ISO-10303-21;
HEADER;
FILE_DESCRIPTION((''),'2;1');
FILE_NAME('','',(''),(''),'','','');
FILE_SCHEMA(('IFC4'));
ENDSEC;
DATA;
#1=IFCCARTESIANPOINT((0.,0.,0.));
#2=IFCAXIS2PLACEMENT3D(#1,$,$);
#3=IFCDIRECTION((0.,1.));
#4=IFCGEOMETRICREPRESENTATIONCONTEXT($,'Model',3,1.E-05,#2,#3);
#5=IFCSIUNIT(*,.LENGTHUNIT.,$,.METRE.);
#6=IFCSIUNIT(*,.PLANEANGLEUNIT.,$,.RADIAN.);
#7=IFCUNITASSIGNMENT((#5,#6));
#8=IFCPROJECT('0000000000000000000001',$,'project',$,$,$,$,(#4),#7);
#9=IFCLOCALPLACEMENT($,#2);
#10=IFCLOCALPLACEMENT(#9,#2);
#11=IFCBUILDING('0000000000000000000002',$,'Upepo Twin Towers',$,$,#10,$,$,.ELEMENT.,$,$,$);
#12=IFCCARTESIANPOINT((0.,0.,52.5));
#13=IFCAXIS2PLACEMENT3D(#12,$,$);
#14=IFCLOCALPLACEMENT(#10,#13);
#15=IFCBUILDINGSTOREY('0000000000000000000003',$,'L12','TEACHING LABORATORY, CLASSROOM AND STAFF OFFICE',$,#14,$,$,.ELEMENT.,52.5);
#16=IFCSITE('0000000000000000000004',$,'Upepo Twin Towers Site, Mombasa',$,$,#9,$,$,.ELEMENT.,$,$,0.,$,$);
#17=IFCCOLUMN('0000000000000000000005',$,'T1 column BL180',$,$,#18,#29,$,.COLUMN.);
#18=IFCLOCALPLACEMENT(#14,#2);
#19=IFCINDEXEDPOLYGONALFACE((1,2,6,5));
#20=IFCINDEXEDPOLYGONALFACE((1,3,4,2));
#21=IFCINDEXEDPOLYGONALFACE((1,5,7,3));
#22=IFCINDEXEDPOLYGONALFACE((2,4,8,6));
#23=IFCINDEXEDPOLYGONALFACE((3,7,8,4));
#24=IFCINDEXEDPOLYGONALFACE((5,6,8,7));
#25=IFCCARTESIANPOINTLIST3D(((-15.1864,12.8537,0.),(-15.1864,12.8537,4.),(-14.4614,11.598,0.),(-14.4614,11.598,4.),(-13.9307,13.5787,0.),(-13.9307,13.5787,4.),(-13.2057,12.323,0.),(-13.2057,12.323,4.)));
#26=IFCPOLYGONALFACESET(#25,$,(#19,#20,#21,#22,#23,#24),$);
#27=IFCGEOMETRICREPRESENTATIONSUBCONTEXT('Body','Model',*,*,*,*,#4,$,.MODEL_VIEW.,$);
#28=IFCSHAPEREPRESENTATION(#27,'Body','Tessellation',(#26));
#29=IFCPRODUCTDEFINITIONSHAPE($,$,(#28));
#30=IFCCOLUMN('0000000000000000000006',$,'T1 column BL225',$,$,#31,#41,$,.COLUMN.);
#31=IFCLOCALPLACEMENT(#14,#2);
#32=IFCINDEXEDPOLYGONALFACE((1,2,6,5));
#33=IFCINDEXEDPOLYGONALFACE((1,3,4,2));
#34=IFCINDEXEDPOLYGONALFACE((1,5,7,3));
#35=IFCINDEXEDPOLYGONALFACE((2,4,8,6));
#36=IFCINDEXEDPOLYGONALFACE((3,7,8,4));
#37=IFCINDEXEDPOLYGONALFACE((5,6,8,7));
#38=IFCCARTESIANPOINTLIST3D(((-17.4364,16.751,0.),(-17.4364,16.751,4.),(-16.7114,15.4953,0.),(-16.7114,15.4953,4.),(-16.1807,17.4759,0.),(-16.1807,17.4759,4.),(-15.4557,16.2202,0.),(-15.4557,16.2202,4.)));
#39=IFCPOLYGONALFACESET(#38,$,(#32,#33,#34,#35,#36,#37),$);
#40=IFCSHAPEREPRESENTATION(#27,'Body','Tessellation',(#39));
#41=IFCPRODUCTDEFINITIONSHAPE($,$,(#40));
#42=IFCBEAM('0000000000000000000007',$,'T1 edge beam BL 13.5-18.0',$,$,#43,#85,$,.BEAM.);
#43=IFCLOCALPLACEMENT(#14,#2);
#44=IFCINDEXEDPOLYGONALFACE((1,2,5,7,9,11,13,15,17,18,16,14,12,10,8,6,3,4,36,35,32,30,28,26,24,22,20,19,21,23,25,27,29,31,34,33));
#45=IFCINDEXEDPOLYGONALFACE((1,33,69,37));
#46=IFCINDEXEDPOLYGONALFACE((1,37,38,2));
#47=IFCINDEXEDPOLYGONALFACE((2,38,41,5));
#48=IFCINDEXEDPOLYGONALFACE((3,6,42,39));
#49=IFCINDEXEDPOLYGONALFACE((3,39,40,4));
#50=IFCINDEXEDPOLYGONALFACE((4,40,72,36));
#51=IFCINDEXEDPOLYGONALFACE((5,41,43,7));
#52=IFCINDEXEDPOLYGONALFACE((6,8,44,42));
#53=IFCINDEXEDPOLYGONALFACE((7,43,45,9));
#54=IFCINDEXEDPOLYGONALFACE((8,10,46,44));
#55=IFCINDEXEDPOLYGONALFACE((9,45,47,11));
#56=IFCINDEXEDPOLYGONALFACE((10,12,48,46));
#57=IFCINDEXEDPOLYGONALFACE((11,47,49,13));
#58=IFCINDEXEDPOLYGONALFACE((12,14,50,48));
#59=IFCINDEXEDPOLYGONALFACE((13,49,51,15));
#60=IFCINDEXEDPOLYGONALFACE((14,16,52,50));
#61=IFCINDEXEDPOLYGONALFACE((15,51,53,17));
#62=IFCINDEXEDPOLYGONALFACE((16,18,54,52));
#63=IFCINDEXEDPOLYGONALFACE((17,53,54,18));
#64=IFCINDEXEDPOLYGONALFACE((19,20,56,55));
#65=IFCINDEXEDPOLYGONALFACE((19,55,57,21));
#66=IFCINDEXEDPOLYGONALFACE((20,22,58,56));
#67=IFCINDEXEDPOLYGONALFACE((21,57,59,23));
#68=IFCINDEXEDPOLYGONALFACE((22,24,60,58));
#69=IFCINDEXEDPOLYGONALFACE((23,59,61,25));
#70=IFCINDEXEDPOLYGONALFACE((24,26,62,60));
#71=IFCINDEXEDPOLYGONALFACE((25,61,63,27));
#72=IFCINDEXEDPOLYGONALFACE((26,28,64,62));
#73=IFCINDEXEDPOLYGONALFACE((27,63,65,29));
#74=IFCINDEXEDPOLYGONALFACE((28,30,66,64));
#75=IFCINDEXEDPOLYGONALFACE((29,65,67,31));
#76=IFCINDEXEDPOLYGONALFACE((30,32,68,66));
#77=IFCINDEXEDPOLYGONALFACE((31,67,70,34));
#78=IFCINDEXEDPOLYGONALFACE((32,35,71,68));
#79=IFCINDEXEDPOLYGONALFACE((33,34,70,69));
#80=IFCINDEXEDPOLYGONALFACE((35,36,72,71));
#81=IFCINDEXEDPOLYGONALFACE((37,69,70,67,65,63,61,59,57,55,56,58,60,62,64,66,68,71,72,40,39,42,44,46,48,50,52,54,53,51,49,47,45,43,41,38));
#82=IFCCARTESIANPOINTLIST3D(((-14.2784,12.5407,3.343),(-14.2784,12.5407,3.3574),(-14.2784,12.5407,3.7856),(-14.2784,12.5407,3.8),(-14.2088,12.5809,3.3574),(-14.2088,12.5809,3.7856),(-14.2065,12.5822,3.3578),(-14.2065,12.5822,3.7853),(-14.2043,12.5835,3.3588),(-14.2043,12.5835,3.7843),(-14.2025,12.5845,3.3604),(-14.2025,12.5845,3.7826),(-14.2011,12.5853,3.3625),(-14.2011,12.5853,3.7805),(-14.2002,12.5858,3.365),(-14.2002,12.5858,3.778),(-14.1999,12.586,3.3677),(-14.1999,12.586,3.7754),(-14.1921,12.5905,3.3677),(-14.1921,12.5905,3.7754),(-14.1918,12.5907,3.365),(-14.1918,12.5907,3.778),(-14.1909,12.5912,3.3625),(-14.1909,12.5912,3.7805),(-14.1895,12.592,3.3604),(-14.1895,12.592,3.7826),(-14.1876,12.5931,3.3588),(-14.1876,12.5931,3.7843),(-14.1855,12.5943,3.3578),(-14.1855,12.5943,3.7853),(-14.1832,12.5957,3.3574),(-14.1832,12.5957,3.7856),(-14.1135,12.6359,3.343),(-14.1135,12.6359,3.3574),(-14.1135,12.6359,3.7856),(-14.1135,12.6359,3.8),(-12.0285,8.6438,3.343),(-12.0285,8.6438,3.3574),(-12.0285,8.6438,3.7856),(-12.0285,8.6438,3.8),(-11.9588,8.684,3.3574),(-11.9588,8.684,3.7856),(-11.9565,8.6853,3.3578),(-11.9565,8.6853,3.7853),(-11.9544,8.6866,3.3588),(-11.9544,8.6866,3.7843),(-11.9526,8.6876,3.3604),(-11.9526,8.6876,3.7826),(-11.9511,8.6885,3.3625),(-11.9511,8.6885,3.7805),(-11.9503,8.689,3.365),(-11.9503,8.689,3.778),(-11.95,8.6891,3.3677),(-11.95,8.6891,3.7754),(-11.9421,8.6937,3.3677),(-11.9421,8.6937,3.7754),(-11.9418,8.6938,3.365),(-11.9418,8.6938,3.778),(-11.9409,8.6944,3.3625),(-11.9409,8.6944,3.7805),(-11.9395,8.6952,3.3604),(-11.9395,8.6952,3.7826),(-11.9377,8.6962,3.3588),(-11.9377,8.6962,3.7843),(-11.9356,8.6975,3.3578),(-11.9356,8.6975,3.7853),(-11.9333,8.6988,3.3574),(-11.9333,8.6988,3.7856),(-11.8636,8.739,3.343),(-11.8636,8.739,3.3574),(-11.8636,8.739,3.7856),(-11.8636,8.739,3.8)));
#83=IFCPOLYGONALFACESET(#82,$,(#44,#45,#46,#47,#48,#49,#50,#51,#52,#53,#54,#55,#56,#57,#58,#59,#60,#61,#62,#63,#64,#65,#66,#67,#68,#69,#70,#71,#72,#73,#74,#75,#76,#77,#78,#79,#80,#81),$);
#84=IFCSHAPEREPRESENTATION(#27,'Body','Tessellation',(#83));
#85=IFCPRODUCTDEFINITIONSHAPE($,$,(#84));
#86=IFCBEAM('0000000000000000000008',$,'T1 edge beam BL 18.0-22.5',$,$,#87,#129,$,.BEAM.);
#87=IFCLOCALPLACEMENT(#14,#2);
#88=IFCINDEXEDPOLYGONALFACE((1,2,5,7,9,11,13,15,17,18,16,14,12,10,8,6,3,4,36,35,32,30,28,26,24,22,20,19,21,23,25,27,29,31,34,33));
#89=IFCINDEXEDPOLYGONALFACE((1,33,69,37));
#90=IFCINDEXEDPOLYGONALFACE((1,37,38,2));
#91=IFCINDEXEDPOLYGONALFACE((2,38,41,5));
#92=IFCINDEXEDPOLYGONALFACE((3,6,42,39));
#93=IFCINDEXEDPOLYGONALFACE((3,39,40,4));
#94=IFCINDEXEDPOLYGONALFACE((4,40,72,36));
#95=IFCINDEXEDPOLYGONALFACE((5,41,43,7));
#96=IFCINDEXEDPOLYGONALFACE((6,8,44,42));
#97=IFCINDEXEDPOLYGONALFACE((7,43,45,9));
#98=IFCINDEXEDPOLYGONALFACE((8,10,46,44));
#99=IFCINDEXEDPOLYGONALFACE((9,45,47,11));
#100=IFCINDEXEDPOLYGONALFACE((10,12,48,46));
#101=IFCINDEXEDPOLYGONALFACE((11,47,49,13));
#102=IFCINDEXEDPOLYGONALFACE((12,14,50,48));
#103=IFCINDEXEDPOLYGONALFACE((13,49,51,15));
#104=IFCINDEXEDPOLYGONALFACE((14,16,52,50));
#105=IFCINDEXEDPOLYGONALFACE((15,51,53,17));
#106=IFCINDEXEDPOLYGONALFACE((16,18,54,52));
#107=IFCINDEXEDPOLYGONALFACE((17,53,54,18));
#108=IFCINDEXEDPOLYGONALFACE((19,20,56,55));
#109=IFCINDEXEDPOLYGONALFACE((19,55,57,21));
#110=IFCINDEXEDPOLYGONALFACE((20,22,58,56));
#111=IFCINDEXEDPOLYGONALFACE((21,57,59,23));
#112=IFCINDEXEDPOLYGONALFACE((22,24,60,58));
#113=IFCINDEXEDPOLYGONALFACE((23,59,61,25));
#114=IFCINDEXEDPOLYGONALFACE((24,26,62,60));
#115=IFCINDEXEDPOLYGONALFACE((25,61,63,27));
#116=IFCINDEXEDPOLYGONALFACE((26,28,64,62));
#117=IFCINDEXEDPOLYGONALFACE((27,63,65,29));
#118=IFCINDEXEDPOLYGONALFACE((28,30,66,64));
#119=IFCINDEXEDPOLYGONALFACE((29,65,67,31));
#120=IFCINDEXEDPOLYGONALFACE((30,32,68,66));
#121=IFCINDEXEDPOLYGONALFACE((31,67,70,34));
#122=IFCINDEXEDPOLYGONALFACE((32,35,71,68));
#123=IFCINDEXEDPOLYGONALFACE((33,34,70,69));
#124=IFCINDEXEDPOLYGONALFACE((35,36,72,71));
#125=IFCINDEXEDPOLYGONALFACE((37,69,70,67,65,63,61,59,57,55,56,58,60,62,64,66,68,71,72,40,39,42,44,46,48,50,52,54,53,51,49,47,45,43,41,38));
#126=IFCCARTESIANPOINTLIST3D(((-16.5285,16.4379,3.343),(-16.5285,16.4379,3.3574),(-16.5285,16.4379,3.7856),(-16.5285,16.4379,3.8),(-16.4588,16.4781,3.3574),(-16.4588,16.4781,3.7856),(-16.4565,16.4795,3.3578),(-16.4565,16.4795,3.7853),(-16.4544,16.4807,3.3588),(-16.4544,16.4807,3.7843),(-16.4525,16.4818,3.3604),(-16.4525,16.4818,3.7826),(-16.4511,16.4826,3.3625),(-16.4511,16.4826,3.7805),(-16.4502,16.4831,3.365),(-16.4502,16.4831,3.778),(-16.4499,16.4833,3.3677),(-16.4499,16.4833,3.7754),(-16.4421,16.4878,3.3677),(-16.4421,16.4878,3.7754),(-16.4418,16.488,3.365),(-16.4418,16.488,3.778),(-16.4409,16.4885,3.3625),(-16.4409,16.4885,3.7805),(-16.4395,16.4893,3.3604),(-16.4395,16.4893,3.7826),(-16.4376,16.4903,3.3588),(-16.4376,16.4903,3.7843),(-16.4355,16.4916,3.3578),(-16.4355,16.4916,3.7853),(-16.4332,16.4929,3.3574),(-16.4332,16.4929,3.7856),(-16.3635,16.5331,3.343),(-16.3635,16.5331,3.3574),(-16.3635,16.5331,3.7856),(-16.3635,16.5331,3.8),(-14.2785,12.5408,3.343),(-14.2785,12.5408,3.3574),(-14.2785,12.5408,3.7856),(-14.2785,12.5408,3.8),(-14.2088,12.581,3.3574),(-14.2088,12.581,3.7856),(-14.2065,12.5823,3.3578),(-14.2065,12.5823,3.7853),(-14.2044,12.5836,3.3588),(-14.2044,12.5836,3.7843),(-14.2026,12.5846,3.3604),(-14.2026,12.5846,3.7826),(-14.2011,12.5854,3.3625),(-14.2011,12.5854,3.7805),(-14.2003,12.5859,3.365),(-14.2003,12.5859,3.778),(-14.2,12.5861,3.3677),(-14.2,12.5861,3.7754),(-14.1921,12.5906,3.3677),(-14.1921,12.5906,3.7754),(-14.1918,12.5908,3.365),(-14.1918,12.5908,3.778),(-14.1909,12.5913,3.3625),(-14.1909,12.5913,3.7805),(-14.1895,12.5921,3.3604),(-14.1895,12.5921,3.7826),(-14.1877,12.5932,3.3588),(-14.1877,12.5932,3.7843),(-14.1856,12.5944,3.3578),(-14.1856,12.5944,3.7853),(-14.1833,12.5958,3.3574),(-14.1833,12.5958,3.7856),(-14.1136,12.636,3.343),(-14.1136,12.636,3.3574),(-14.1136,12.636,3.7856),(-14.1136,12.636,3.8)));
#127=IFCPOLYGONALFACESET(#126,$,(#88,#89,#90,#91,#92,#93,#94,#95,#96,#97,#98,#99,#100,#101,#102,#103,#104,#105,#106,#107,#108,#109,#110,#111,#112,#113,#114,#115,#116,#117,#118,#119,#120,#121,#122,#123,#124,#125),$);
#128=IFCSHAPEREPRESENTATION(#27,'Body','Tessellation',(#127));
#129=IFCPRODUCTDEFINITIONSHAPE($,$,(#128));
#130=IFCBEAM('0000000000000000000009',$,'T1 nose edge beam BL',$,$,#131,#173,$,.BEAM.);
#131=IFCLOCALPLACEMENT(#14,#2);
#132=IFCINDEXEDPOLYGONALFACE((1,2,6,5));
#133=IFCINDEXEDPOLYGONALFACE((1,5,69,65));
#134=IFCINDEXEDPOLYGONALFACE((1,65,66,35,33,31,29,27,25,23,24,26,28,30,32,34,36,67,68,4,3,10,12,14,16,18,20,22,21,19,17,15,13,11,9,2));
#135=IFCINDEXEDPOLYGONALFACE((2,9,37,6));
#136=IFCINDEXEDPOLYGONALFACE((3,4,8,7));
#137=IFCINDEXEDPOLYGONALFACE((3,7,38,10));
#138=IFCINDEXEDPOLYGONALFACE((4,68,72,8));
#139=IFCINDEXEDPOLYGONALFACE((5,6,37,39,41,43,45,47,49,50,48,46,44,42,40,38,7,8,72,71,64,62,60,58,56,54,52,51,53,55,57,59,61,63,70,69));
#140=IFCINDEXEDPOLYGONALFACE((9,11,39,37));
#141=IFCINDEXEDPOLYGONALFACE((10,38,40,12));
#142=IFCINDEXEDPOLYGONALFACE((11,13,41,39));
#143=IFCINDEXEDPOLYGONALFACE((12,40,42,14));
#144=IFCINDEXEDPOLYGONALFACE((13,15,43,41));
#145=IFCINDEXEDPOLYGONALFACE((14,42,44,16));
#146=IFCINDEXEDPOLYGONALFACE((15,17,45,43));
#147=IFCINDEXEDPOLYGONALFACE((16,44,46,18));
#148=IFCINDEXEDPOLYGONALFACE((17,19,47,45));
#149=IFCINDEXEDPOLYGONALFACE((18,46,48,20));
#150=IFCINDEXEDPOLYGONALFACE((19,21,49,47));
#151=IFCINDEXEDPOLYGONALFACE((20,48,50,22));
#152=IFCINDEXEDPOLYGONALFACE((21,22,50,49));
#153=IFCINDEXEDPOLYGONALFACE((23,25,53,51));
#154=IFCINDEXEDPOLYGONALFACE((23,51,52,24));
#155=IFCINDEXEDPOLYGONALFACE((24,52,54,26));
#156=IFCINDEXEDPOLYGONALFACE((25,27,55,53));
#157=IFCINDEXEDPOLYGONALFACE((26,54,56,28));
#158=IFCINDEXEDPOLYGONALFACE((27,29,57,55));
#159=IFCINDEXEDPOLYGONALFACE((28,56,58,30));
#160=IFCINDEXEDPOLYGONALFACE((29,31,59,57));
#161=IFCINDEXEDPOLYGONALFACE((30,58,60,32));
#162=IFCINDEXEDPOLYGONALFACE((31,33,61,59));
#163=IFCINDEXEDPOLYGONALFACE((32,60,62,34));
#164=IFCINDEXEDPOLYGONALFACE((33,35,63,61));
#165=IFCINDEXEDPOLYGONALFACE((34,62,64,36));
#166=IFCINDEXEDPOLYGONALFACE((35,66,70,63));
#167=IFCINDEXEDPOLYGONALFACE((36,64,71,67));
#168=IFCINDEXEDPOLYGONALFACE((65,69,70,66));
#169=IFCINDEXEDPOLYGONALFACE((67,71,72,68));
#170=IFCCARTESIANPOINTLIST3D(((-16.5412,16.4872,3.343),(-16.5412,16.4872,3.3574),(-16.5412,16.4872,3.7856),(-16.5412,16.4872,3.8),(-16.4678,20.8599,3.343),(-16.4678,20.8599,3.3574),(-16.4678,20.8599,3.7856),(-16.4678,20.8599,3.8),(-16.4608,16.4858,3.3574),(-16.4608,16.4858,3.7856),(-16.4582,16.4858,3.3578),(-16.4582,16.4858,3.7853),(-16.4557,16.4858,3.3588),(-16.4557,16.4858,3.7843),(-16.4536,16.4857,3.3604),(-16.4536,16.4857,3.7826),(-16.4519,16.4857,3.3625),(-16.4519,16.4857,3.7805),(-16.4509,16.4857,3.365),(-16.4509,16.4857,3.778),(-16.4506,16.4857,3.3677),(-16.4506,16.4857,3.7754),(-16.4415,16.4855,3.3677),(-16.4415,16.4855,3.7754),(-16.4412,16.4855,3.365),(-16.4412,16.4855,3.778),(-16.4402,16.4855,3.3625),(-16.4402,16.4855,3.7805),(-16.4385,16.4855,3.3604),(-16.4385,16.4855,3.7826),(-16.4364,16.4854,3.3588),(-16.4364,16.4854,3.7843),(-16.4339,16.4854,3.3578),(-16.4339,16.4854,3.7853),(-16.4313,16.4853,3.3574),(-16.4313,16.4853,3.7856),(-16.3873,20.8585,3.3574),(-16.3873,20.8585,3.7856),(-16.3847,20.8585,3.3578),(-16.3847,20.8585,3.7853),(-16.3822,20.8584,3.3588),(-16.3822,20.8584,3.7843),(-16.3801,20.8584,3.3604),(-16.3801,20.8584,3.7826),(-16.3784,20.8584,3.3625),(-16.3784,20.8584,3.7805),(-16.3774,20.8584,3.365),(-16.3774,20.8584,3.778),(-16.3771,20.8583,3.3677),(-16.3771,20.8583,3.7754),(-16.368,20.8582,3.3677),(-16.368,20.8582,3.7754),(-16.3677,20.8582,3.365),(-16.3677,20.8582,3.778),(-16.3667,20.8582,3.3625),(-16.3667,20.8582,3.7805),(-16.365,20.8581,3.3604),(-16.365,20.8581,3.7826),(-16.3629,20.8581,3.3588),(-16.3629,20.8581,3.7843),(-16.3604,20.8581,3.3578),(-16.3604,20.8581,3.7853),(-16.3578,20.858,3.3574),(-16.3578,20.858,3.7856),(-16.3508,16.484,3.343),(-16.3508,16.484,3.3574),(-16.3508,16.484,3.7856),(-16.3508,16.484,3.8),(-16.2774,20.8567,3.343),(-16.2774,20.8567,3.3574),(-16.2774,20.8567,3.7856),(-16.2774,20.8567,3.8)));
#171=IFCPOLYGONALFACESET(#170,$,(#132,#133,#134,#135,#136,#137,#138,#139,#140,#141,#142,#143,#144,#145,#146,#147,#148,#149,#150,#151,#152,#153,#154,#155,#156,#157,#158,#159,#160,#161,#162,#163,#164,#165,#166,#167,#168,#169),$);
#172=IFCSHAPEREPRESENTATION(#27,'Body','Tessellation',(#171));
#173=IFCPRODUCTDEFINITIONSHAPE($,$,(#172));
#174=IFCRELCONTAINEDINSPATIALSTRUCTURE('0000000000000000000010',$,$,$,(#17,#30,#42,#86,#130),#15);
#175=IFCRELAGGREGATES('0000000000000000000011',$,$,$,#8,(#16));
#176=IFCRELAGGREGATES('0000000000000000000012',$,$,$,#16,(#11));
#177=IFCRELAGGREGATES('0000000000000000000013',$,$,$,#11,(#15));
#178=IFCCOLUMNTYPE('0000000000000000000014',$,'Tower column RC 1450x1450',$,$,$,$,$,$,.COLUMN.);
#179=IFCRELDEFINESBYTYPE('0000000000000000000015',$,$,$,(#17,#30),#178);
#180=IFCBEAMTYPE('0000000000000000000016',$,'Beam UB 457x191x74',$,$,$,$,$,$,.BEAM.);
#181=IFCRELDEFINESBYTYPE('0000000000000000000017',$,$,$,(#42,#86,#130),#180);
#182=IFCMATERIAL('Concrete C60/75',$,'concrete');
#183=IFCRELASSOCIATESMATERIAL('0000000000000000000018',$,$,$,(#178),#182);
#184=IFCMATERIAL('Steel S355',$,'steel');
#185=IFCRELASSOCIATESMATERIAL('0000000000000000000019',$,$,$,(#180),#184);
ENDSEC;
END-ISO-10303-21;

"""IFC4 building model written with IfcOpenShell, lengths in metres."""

from ifc_helpers import new_model, si_unit, direction, frame, origin, origin_2d, place, context, subcontext, project, spatial, rectangle, i_section, extrude, material, material_profile, profile_set, type_object, element, save


model = new_model("IFC4")

# Units and contexts
model_context = context("Model", 3, precision=1e-05, world=origin(), true_north=direction((0.0, 1.0)))
body_context = subcontext(model_context, "Body", "Model", "MODEL_VIEW")
ifc_project = project(units=[si_unit("LENGTHUNIT", "METRE"), si_unit("PLANEANGLEUNIT", "RADIAN")], contexts=[model_context])

# Site, building, storey
site_placement = place(None, origin())
site = spatial("IfcSite", under=ifc_project, at=site_placement, Name="Upepo Twin Towers Site, Mombasa", CompositionType="ELEMENT", RefElevation=0.0)
building_placement = place(site_placement, origin())
building = spatial("IfcBuilding", under=site, at=building_placement, Name="Upepo Twin Towers", CompositionType="ELEMENT")
storey_placement = place(building_placement, frame((0.0, 0.0, 52.5)))
storey = spatial("IfcBuildingStorey", under=building, at=storey_placement, Name="L12", Description="TEACHING LABORATORY, CLASSROOM AND STAFF OFFICE", CompositionType="ELEMENT", Elevation=52.5)

# Columns
ifc_material_1 = material(Name="Concrete C60/75", Category="concrete")
ifc_material_profile_1 = material_profile(ifc_material_1, rectangle(XDim=1.45, YDim=1.45, at=origin_2d()), Name="RC 1450x1450")
ifc_profile_set_1 = profile_set([ifc_material_profile_1], Name="Concrete C60/75")
column_type = type_object("IfcColumnType", Name="Tower column RC 1450x1450", PredefinedType="COLUMN", material=ifc_profile_set_1)
for number, where, z_axis, x_axis, name in (
    (1, (-14.196, 12.5884, 0.0), (0.0, 0.0, 1.0), (0.866025, 0.5, 0.0), "T1 column BL180"),
    (2, (-16.446, 16.4856, 0.0), (0.0, 0.0, 1.0), (0.866025, 0.5, 0.0), "T1 column BL225"),
):
    element("IfcColumn", number, at=place(storey_placement, frame(where, z_axis=z_axis, x_axis=x_axis)), inside=storey, type_object=column_type, Name=name, PredefinedType="COLUMN", context=body_context, shape_type="SweptSolid", body=[
        extrude(rectangle(XDim=1.45, YDim=1.45, at=origin_2d()), origin(), (0.0, 0.0, 1.0), 4.0),
    ])

# Beams
ifc_material_2 = material(Name="Steel S355", Category="steel")
ifc_material_profile_2 = material_profile(ifc_material_2, i_section(OverallWidth=0.1904, OverallDepth=0.457, WebThickness=0.009, FlangeThickness=0.0144, FilletRadius=0.0103, at=origin_2d()), Name="UB 457x191x74")
ifc_profile_set_2 = profile_set([ifc_material_profile_2], Name="Steel S355")
beam_type_1 = type_object("IfcBeamType", Name="Beam UB 457x191x74", PredefinedType="BEAM", material=ifc_profile_set_2)
beam_1_placement = place(storey_placement, frame((-11.946, 8.6914, 3.5715), z_axis=(-0.500014, 0.866018, 0.0), x_axis=(-0.866018, -0.500014, 0.0)))
element("IfcBeam", 3, at=beam_1_placement, inside=storey, type_object=beam_type_1, Name="T1 edge beam BL 13.5-18.0", PredefinedType="BEAM", context=body_context, shape_type="SweptSolid", body=[
    extrude(i_section(OverallWidth=0.1904, OverallDepth=0.457, WebThickness=0.009, FlangeThickness=0.0144, FilletRadius=0.0103, at=origin_2d()), origin(), (0.0, 0.0, 1.0), 4.4998),
])
beam_2_placement = place(storey_placement, frame((-14.196, 12.5884, 3.5715), z_axis=(-0.49999, 0.866031, 0.0), x_axis=(-0.866031, -0.49999, 0.0)))
element("IfcBeam", 4, at=beam_2_placement, inside=storey, type_object=beam_type_1, Name="T1 edge beam BL 18.0-22.5", PredefinedType="BEAM", context=body_context, shape_type="SweptSolid", body=[
    extrude(i_section(OverallWidth=0.1904, OverallDepth=0.457, WebThickness=0.009, FlangeThickness=0.0144, FilletRadius=0.0103, at=origin_2d()), origin(), (0.0, 0.0, 1.0), 4.5),
])
beam_3_placement = place(storey_placement, frame((-16.446, 16.4856, 3.5715), z_axis=(0.016804, 0.999859, 0.0), x_axis=(-0.999859, 0.016804, 0.0)))
element("IfcBeam", 5, at=beam_3_placement, inside=storey, type_object=beam_type_1, Name="T1 nose edge beam BL", PredefinedType="BEAM", context=body_context, shape_type="SweptSolid", body=[
    extrude(i_section(OverallWidth=0.1904, OverallDepth=0.457, WebThickness=0.009, FlangeThickness=0.0144, FilletRadius=0.0103, at=origin_2d()), origin(), (0.0, 0.0, 1.0), 4.3733),
])

save(model, "model.ifc")
